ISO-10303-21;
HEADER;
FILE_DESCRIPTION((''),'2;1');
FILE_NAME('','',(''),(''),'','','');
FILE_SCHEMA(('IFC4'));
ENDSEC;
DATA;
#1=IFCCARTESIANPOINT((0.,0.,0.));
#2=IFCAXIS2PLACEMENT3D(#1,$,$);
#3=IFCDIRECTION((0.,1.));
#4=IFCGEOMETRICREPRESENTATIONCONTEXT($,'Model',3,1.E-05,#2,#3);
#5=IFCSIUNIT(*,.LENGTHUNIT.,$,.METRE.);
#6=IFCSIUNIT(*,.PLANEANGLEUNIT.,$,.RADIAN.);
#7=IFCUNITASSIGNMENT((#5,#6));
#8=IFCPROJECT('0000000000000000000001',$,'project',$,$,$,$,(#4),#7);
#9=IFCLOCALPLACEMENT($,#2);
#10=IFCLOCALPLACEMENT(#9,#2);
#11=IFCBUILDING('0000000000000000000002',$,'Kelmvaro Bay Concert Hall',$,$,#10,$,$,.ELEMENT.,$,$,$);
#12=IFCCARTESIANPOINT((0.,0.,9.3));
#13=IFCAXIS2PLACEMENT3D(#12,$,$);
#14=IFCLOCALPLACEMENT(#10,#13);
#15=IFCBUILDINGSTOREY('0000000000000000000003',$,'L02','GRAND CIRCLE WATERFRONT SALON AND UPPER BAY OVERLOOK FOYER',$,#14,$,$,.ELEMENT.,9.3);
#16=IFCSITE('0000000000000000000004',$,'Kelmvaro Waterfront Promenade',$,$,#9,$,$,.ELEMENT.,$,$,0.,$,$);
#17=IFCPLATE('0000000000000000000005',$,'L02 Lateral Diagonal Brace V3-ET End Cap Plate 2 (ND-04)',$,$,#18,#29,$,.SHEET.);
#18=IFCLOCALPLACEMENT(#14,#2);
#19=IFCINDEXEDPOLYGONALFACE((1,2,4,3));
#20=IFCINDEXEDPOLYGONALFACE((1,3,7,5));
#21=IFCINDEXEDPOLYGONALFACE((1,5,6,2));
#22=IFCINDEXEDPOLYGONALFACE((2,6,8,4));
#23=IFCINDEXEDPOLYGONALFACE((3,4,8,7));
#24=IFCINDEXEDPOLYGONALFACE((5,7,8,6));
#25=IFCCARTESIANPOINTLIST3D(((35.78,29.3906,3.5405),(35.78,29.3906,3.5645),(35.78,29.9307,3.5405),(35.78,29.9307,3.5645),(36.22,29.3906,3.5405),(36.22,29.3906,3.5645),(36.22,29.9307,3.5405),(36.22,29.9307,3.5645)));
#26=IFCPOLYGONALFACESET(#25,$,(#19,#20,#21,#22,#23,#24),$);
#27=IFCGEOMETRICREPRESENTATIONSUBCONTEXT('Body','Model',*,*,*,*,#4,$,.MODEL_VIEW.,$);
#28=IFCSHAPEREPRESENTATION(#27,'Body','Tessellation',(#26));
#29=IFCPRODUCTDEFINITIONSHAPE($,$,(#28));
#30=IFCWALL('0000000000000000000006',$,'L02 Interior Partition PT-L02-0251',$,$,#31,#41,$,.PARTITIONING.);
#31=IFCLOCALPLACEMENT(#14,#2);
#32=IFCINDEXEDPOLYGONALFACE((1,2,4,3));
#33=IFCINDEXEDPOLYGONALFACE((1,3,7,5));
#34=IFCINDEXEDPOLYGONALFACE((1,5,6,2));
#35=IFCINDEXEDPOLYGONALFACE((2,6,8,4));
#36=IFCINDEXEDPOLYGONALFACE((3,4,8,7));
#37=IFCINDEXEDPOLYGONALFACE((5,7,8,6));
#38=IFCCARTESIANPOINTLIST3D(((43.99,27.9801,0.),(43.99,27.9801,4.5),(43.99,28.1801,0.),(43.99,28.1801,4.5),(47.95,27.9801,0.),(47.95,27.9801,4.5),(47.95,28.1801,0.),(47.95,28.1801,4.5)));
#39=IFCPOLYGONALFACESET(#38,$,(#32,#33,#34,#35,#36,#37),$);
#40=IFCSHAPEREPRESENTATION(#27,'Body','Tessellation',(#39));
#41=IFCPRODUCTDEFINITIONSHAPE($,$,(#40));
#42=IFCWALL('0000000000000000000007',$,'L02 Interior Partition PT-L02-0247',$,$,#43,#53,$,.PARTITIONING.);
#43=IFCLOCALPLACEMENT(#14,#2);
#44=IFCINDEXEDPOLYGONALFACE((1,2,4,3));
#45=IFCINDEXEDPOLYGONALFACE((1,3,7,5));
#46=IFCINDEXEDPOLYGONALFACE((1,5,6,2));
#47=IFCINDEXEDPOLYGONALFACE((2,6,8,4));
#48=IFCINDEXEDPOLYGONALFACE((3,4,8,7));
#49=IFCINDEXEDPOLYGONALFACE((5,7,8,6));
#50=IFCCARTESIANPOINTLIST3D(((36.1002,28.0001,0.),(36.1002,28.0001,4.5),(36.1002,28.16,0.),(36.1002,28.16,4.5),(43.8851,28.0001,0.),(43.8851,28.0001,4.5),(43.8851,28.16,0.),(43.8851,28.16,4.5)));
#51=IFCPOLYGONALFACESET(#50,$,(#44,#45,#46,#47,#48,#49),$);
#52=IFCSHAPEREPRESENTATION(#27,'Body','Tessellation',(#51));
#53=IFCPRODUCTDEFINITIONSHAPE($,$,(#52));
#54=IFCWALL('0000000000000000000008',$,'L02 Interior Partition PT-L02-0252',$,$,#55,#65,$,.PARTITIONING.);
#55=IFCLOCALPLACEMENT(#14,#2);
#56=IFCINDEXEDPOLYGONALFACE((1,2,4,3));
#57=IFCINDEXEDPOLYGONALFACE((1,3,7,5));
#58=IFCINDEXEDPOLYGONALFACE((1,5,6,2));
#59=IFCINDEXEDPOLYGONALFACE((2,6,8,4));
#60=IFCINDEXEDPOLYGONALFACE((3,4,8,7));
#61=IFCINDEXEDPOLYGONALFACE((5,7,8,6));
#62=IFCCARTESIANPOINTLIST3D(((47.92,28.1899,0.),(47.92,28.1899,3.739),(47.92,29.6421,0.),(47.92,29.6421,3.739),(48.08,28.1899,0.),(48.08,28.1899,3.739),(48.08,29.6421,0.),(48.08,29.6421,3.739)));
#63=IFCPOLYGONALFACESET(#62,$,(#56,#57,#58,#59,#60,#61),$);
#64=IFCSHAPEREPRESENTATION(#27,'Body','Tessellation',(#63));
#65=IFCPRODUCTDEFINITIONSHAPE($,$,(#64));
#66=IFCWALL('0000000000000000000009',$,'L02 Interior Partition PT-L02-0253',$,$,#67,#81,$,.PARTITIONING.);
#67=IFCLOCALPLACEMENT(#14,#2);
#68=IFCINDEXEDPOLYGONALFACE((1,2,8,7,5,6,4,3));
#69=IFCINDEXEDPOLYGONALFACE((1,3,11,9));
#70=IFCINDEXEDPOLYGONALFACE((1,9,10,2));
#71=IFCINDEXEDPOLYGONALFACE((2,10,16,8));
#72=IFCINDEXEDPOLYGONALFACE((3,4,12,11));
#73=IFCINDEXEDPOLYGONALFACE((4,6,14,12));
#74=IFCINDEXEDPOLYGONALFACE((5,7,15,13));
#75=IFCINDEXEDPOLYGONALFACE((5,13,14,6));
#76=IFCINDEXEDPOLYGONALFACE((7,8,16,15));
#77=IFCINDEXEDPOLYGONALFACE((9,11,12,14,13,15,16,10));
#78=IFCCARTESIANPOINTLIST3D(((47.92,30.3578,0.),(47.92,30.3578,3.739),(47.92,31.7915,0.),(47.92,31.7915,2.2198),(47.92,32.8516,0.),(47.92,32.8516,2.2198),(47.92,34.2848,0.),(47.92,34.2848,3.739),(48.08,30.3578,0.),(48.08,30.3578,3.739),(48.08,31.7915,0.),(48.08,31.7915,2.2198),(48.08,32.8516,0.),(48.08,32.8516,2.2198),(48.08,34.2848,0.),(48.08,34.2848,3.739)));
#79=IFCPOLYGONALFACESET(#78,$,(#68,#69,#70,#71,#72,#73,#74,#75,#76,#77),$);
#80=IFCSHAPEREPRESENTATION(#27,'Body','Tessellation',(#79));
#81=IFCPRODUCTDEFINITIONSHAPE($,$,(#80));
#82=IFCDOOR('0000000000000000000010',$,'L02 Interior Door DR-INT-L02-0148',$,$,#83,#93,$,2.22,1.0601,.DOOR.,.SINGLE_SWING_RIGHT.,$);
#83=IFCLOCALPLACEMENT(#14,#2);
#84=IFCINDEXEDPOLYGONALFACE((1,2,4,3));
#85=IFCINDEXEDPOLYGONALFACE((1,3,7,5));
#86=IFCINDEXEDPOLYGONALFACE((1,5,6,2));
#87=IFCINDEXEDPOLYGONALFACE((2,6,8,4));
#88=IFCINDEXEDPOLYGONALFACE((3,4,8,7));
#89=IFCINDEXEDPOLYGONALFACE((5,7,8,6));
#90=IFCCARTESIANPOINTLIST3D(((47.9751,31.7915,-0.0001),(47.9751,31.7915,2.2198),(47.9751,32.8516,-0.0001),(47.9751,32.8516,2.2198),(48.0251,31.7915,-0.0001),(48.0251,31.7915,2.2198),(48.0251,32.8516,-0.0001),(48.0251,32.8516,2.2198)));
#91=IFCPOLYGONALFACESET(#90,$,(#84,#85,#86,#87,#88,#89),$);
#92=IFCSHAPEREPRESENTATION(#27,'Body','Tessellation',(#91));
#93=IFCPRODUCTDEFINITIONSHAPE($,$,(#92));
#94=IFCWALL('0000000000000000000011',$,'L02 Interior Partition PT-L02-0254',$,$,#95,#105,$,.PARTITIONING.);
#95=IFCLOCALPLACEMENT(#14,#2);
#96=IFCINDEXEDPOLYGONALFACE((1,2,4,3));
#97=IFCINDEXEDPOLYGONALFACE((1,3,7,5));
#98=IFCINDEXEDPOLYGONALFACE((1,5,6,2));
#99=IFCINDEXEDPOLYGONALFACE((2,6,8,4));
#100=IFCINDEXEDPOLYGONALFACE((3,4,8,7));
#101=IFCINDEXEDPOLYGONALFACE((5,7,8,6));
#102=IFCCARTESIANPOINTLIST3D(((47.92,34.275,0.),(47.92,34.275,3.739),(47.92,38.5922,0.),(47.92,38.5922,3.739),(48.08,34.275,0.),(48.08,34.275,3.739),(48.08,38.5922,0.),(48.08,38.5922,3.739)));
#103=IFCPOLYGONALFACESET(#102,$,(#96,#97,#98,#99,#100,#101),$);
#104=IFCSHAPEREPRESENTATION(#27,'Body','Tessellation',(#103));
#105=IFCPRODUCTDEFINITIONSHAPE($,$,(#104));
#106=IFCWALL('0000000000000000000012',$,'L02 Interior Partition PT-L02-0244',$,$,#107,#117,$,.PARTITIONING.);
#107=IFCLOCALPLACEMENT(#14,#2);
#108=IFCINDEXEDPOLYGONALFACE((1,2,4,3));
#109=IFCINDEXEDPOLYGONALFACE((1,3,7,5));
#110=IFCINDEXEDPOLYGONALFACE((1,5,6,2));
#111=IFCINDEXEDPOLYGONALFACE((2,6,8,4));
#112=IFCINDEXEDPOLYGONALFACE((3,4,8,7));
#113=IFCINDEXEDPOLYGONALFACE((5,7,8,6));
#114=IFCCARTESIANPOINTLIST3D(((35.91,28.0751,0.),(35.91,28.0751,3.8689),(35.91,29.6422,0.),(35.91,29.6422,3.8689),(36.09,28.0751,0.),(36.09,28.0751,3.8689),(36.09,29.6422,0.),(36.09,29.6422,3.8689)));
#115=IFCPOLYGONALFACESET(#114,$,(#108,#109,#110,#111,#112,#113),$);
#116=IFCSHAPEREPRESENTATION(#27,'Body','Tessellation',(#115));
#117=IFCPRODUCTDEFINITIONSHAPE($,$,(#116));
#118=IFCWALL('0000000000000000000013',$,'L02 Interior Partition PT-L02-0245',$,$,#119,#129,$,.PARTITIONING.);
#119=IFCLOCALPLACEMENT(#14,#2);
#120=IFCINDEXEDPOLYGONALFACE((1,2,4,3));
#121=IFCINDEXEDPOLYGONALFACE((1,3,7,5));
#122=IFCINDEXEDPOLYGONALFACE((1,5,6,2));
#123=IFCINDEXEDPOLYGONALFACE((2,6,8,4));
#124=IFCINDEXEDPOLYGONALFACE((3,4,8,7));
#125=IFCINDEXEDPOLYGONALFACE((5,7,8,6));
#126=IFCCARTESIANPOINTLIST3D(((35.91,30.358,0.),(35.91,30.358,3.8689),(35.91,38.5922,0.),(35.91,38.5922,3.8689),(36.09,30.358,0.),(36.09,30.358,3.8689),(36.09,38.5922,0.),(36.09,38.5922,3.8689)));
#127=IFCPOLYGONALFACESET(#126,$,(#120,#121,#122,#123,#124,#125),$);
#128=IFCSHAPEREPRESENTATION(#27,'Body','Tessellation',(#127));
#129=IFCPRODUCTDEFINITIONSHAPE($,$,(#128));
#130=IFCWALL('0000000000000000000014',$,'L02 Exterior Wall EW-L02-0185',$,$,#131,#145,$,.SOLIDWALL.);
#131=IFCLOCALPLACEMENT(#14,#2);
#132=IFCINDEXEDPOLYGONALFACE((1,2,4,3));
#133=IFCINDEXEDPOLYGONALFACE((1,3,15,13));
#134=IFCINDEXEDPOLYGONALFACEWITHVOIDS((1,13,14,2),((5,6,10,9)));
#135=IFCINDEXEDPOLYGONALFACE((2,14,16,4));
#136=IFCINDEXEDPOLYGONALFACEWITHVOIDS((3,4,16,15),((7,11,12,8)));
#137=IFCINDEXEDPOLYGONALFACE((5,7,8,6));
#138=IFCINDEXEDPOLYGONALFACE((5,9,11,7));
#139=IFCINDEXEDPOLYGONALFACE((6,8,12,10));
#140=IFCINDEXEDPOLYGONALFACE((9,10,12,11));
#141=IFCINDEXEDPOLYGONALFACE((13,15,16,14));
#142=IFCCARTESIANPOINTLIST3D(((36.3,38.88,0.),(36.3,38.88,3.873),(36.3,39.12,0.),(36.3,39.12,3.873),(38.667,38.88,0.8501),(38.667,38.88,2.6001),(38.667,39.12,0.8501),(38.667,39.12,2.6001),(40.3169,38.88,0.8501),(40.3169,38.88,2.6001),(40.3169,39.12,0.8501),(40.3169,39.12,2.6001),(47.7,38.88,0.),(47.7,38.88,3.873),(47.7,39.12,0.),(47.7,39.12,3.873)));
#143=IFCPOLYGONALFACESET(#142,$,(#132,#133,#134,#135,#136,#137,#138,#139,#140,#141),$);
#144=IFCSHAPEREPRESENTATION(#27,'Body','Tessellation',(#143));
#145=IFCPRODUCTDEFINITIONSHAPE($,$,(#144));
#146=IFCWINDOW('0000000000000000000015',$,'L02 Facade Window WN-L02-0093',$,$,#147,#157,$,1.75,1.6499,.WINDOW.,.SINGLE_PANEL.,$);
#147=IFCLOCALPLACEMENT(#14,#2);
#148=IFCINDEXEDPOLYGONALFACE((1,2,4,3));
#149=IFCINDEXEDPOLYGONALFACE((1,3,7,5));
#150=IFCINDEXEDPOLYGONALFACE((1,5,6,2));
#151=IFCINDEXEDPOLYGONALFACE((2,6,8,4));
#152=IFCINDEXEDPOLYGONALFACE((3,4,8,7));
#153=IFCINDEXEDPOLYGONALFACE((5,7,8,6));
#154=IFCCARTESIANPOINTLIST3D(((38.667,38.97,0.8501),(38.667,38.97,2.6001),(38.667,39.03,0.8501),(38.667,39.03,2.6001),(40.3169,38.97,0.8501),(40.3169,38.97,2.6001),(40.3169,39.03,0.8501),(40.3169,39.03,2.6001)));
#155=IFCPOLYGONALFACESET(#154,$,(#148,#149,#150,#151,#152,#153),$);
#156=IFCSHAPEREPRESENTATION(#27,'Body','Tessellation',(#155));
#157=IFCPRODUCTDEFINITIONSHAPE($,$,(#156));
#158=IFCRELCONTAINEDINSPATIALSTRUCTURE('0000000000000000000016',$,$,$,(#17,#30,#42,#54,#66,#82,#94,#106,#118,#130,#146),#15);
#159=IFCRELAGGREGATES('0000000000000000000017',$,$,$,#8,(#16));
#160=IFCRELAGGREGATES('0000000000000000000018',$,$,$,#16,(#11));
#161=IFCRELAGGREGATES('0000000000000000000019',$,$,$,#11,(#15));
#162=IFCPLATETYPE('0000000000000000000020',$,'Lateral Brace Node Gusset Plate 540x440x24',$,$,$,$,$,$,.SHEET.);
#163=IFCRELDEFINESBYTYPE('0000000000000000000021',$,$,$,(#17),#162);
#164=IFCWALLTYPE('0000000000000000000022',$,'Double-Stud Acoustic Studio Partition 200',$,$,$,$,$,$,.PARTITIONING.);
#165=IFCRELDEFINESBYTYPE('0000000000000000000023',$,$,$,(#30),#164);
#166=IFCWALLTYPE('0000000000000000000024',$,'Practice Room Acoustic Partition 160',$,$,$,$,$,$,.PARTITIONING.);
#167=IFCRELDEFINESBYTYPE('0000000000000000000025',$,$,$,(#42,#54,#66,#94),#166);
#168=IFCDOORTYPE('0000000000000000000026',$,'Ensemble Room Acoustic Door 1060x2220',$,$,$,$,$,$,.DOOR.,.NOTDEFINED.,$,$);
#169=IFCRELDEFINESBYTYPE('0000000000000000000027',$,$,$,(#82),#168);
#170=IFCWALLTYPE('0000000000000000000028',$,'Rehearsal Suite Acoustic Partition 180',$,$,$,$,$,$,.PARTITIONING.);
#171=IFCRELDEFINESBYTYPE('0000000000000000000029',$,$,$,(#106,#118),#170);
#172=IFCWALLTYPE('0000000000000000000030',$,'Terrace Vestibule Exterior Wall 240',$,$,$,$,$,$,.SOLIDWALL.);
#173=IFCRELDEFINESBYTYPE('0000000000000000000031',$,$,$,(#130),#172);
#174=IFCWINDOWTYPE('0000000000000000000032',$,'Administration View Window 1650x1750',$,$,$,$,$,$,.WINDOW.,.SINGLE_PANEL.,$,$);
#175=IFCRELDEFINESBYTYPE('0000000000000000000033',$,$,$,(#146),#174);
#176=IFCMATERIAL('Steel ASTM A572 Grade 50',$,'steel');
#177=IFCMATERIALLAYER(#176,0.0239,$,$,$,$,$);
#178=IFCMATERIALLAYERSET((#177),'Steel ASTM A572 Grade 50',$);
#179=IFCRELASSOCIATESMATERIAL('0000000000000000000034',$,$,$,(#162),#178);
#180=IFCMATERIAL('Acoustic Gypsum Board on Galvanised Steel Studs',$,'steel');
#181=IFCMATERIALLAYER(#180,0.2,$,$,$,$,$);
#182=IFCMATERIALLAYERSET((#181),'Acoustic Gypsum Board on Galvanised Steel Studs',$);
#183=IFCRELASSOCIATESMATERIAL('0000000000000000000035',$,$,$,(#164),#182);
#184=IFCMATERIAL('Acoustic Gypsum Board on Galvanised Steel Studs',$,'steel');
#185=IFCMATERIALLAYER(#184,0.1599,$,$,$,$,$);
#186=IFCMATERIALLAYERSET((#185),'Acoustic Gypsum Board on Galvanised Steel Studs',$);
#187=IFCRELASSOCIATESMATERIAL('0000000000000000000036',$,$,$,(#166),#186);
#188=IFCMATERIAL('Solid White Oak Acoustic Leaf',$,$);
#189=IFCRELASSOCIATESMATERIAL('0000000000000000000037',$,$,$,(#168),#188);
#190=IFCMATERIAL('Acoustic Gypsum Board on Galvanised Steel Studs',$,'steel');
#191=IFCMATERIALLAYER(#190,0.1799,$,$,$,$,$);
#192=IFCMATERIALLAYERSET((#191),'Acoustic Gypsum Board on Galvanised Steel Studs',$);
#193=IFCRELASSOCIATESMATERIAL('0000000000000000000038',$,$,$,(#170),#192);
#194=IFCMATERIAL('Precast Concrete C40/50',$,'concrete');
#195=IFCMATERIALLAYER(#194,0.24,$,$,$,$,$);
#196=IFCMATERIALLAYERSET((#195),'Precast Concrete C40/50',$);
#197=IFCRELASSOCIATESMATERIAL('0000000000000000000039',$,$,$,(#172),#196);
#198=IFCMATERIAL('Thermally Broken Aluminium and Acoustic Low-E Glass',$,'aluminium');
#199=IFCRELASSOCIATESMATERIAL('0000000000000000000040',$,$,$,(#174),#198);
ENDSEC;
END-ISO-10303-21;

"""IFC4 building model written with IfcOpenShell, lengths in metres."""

from ifc_helpers import new_model, si_unit, direction, frame, frame_2d, origin, origin_2d, place, context, subcontext, project, spatial, rectangle, extrude, material, layer, layer_set, type_object, element, fill, save


model = new_model("IFC4")

# Units and contexts
model_context = context("Model", 3, precision=1e-05, world=origin(), true_north=direction((0.0, 1.0)))
body_context = subcontext(model_context, "Body", "Model", "MODEL_VIEW")
ifc_project = project(units=[si_unit("LENGTHUNIT", "METRE"), si_unit("PLANEANGLEUNIT", "RADIAN")], contexts=[model_context])

# Site, building, storey
site_placement = place(None, origin())
site = spatial("IfcSite", under=ifc_project, at=site_placement, Name="Kelmvaro Waterfront Promenade", CompositionType="ELEMENT", RefElevation=0.0)
building_placement = place(site_placement, origin())
building = spatial("IfcBuilding", under=site, at=building_placement, Name="Kelmvaro Bay Concert Hall", CompositionType="ELEMENT")
storey_placement = place(building_placement, frame((0.0, 0.0, 9.3)))
storey = spatial("IfcBuildingStorey", under=building, at=storey_placement, Name="L02", Description="GRAND CIRCLE WATERFRONT SALON AND UPPER BAY OVERLOOK FOYER", CompositionType="ELEMENT", Elevation=9.3)

# Plate
ifc_material_1 = material(Name="Steel ASTM A572 Grade 50", Category="steel")
ifc_layer_1 = layer(ifc_material_1, 0.0239)
ifc_layer_set_1 = layer_set([ifc_layer_1], Name="Steel ASTM A572 Grade 50")
plate_type = type_object("IfcPlateType", Name="Lateral Brace Node Gusset Plate 540x440x24", PredefinedType="SHEET", material=ifc_layer_set_1)
plate_placement = place(storey_placement, frame((36.0, 29.6606, 3.5405), z_axis=(0.0, 0.0, 1.0), x_axis=(0.0, 1.0, 0.0)))
element("IfcPlate", 1, at=plate_placement, inside=storey, type_object=plate_type, Name="L02 Lateral Diagonal Brace V3-ET End Cap Plate 2 (ND-04)", PredefinedType="SHEET", context=body_context, shape_type="SweptSolid", body=[
    extrude(rectangle(XDim=0.54, YDim=0.4399, at=origin_2d()), origin(), (0.0, 0.0, 1.0), 0.0239),
])

# Walls
ifc_material_2 = material(Name="Acoustic Gypsum Board on Galvanised Steel Studs", Category="steel")
ifc_layer_2 = layer(ifc_material_2, 0.2)
ifc_layer_set_2 = layer_set([ifc_layer_2], Name="Acoustic Gypsum Board on Galvanised Steel Studs")
wall_type_1 = type_object("IfcWallType", Name="Double-Stud Acoustic Studio Partition 200", PredefinedType="PARTITIONING", material=ifc_layer_set_2)
wall_1_placement = place(storey_placement, frame((43.99, 28.0801, 0.0), z_axis=(0.0, 0.0, 1.0), x_axis=(1.0, 0.0, 0.0)))
element("IfcWall", 2, at=wall_1_placement, inside=storey, type_object=wall_type_1, Name="L02 Interior Partition PT-L02-0251", PredefinedType="PARTITIONING", context=body_context, shape_type="SweptSolid", body=[
    extrude(rectangle(XDim=3.96, YDim=0.2, at=frame_2d((1.98, 0.0))), origin(), (0.0, 0.0, 1.0), 4.5),
])
ifc_material_3 = material(Name="Acoustic Gypsum Board on Galvanised Steel Studs", Category="steel")
ifc_layer_3 = layer(ifc_material_3, 0.1599)
ifc_layer_set_3 = layer_set([ifc_layer_3], Name="Acoustic Gypsum Board on Galvanised Steel Studs")
wall_type_2 = type_object("IfcWallType", Name="Practice Room Acoustic Partition 160", PredefinedType="PARTITIONING", material=ifc_layer_set_3)
wall_2_placement = place(storey_placement, frame((36.1001, 28.0801, 0.0), z_axis=(0.0, 0.0, 1.0), x_axis=(1.0, 0.0, 0.0)))
element("IfcWall", 3, at=wall_2_placement, inside=storey, type_object=wall_type_2, Name="L02 Interior Partition PT-L02-0247", PredefinedType="PARTITIONING", context=body_context, shape_type="SweptSolid", body=[
    extrude(rectangle(XDim=7.7849, YDim=0.1599, at=frame_2d((3.8926, 0.0))), origin(), (0.0, 0.0, 1.0), 4.5),
])
wall_3_placement = place(storey_placement, frame((48.0, 28.1899, 0.0), z_axis=(0.0, 0.0, 1.0), x_axis=(0.0, 1.0, 0.0)))
element("IfcWall", 4, at=wall_3_placement, inside=storey, type_object=wall_type_2, Name="L02 Interior Partition PT-L02-0252", PredefinedType="PARTITIONING", context=body_context, shape_type="SweptSolid", body=[
    extrude(rectangle(XDim=1.4521, YDim=0.1599, at=frame_2d((0.7261, 0.0))), origin(), (0.0, 0.0, 1.0), 3.739),
])

# Wall, opening, door
wall_4_placement = place(storey_placement, frame((48.0, 30.3579, 0.0), z_axis=(0.0, 0.0, 1.0), x_axis=(0.0, 1.0, 0.0)))
wall_4 = element("IfcWall", 5, at=wall_4_placement, inside=storey, type_object=wall_type_2, Name="L02 Interior Partition PT-L02-0253", PredefinedType="PARTITIONING", context=body_context, shape_type="SweptSolid", body=[
    extrude(rectangle(XDim=3.927, YDim=0.1599, at=frame_2d((1.9634, 0.0))), origin(), (0.0, 0.0, 1.0), 3.739),
])
opening_1_placement = place(wall_4_placement, frame((1.4336, 0.0, 0.0)))
opening_1 = element("IfcOpeningElement", 6, at=opening_1_placement, cuts=wall_4, PredefinedType="OPENING", context=body_context, shape_type="SweptSolid", body=[
    extrude(rectangle(XDim=1.0601, YDim=2.22, at=frame_2d((0.53, 1.1099))), frame((0.0, 0.0898, 0.0), z_axis=(0.0, -1.0, 0.0), x_axis=(1.0, 0.0, 0.0)), (0.0, 0.0, 1.0), 0.1799),
])
ifc_material_4 = material(Name="Solid White Oak Acoustic Leaf")
door_type_1 = type_object("IfcDoorType", Name="Ensemble Room Acoustic Door 1060x2220", OperationType="NOTDEFINED", PredefinedType="DOOR", material=ifc_material_4)
door_1_placement = place(opening_1_placement, origin())
door_1 = element("IfcDoor", 7, at=door_1_placement, inside=storey, type_object=door_type_1, Name="L02 Interior Door DR-INT-L02-0148", OperationType="SINGLE_SWING_RIGHT", OverallHeight=2.22, OverallWidth=1.0601, PredefinedType="DOOR", context=body_context, shape_type="SweptSolid", body=[
    extrude(rectangle(XDim=1.0601, YDim=2.22, at=frame_2d((0.53, 1.1099))), frame((0.0, 0.0249, 0.0), z_axis=(0.0, -1.0, 0.0), x_axis=(1.0, 0.0, 0.0)), (0.0, 0.0, 1.0), 0.05),
])
fill(opening_1, door_1)

# Walls
wall_5_placement = place(storey_placement, frame((48.0, 34.2749, 0.0), z_axis=(0.0, 0.0, 1.0), x_axis=(0.0, 1.0, 0.0)))
element("IfcWall", 8, at=wall_5_placement, inside=storey, type_object=wall_type_2, Name="L02 Interior Partition PT-L02-0254", PredefinedType="PARTITIONING", context=body_context, shape_type="SweptSolid", body=[
    extrude(rectangle(XDim=4.3171, YDim=0.1599, at=frame_2d((2.1587, 0.0))), origin(), (0.0, 0.0, 1.0), 3.739),
])
ifc_material_5 = material(Name="Acoustic Gypsum Board on Galvanised Steel Studs", Category="steel")
ifc_layer_4 = layer(ifc_material_5, 0.1799)
ifc_layer_set_4 = layer_set([ifc_layer_4], Name="Acoustic Gypsum Board on Galvanised Steel Studs")
wall_type_3 = type_object("IfcWallType", Name="Rehearsal Suite Acoustic Partition 180", PredefinedType="PARTITIONING", material=ifc_layer_set_4)
wall_6_placement = place(storey_placement, frame((36.0, 28.075, 0.0), z_axis=(0.0, 0.0, 1.0), x_axis=(0.0, 1.0, 0.0)))
element("IfcWall", 9, at=wall_6_placement, inside=storey, type_object=wall_type_3, Name="L02 Interior Partition PT-L02-0244", PredefinedType="PARTITIONING", context=body_context, shape_type="SweptSolid", body=[
    extrude(rectangle(XDim=1.5671, YDim=0.1799, at=frame_2d((0.7837, 0.0))), origin(), (0.0, 0.0, 1.0), 3.8689),
])
wall_7_placement = place(storey_placement, frame((36.0, 30.3579, 0.0), z_axis=(0.0, 0.0, 1.0), x_axis=(0.0, 1.0, 0.0)))
element("IfcWall", 10, at=wall_7_placement, inside=storey, type_object=wall_type_3, Name="L02 Interior Partition PT-L02-0245", PredefinedType="PARTITIONING", context=body_context, shape_type="SweptSolid", body=[
    extrude(rectangle(XDim=8.2341, YDim=0.1799, at=frame_2d((4.1172, 0.0))), origin(), (0.0, 0.0, 1.0), 3.8689),
])

# Wall, opening, window
ifc_material_6 = material(Name="Precast Concrete C40/50", Category="concrete")
ifc_layer_5 = layer(ifc_material_6, 0.24)
ifc_layer_set_5 = layer_set([ifc_layer_5], Name="Precast Concrete C40/50")
wall_type_4 = type_object("IfcWallType", Name="Terrace Vestibule Exterior Wall 240", PredefinedType="SOLIDWALL", material=ifc_layer_set_5)
wall_8_placement = place(storey_placement, frame((36.3, 39.0, 0.0), z_axis=(0.0, 0.0, 1.0), x_axis=(1.0, 0.0, 0.0)))
wall_8 = element("IfcWall", 11, at=wall_8_placement, inside=storey, type_object=wall_type_4, Name="L02 Exterior Wall EW-L02-0185", PredefinedType="SOLIDWALL", context=body_context, shape_type="SweptSolid", body=[
    extrude(rectangle(XDim=11.3999, YDim=0.24, at=frame_2d((5.7, 0.0))), origin(), (0.0, 0.0, 1.0), 3.873),
])
opening_2_placement = place(wall_8_placement, frame((2.3669, 0.0, 0.8501)))
opening_2 = element("IfcOpeningElement", 12, at=opening_2_placement, cuts=wall_8, PredefinedType="OPENING", context=body_context, shape_type="SweptSolid", body=[
    extrude(rectangle(XDim=1.6499, YDim=1.75, at=frame_2d((0.825, 0.875))), frame((0.0, 0.1299, 0.0), z_axis=(0.0, -1.0, 0.0), x_axis=(1.0, 0.0, 0.0)), (0.0, 0.0, 1.0), 0.26),
])
ifc_material_7 = material(Name="Thermally Broken Aluminium and Acoustic Low-E Glass", Category="aluminium")
window_type = type_object("IfcWindowType", Name="Administration View Window 1650x1750", PartitioningType="SINGLE_PANEL", PredefinedType="WINDOW", material=ifc_material_7)
window_placement = place(opening_2_placement, origin())
window = element("IfcWindow", 13, at=window_placement, inside=storey, type_object=window_type, Name="L02 Facade Window WN-L02-0093", OverallHeight=1.75, OverallWidth=1.6499, PartitioningType="SINGLE_PANEL", PredefinedType="WINDOW", context=body_context, shape_type="SweptSolid", body=[
    extrude(rectangle(XDim=1.6499, YDim=1.75, at=frame_2d((0.825, 0.875))), frame((0.0, 0.03, 0.0), z_axis=(0.0, -1.0, 0.0), x_axis=(1.0, 0.0, 0.0)), (0.0, 0.0, 1.0), 0.0601),
])
fill(opening_2, window)

save(model, "model.ifc")
